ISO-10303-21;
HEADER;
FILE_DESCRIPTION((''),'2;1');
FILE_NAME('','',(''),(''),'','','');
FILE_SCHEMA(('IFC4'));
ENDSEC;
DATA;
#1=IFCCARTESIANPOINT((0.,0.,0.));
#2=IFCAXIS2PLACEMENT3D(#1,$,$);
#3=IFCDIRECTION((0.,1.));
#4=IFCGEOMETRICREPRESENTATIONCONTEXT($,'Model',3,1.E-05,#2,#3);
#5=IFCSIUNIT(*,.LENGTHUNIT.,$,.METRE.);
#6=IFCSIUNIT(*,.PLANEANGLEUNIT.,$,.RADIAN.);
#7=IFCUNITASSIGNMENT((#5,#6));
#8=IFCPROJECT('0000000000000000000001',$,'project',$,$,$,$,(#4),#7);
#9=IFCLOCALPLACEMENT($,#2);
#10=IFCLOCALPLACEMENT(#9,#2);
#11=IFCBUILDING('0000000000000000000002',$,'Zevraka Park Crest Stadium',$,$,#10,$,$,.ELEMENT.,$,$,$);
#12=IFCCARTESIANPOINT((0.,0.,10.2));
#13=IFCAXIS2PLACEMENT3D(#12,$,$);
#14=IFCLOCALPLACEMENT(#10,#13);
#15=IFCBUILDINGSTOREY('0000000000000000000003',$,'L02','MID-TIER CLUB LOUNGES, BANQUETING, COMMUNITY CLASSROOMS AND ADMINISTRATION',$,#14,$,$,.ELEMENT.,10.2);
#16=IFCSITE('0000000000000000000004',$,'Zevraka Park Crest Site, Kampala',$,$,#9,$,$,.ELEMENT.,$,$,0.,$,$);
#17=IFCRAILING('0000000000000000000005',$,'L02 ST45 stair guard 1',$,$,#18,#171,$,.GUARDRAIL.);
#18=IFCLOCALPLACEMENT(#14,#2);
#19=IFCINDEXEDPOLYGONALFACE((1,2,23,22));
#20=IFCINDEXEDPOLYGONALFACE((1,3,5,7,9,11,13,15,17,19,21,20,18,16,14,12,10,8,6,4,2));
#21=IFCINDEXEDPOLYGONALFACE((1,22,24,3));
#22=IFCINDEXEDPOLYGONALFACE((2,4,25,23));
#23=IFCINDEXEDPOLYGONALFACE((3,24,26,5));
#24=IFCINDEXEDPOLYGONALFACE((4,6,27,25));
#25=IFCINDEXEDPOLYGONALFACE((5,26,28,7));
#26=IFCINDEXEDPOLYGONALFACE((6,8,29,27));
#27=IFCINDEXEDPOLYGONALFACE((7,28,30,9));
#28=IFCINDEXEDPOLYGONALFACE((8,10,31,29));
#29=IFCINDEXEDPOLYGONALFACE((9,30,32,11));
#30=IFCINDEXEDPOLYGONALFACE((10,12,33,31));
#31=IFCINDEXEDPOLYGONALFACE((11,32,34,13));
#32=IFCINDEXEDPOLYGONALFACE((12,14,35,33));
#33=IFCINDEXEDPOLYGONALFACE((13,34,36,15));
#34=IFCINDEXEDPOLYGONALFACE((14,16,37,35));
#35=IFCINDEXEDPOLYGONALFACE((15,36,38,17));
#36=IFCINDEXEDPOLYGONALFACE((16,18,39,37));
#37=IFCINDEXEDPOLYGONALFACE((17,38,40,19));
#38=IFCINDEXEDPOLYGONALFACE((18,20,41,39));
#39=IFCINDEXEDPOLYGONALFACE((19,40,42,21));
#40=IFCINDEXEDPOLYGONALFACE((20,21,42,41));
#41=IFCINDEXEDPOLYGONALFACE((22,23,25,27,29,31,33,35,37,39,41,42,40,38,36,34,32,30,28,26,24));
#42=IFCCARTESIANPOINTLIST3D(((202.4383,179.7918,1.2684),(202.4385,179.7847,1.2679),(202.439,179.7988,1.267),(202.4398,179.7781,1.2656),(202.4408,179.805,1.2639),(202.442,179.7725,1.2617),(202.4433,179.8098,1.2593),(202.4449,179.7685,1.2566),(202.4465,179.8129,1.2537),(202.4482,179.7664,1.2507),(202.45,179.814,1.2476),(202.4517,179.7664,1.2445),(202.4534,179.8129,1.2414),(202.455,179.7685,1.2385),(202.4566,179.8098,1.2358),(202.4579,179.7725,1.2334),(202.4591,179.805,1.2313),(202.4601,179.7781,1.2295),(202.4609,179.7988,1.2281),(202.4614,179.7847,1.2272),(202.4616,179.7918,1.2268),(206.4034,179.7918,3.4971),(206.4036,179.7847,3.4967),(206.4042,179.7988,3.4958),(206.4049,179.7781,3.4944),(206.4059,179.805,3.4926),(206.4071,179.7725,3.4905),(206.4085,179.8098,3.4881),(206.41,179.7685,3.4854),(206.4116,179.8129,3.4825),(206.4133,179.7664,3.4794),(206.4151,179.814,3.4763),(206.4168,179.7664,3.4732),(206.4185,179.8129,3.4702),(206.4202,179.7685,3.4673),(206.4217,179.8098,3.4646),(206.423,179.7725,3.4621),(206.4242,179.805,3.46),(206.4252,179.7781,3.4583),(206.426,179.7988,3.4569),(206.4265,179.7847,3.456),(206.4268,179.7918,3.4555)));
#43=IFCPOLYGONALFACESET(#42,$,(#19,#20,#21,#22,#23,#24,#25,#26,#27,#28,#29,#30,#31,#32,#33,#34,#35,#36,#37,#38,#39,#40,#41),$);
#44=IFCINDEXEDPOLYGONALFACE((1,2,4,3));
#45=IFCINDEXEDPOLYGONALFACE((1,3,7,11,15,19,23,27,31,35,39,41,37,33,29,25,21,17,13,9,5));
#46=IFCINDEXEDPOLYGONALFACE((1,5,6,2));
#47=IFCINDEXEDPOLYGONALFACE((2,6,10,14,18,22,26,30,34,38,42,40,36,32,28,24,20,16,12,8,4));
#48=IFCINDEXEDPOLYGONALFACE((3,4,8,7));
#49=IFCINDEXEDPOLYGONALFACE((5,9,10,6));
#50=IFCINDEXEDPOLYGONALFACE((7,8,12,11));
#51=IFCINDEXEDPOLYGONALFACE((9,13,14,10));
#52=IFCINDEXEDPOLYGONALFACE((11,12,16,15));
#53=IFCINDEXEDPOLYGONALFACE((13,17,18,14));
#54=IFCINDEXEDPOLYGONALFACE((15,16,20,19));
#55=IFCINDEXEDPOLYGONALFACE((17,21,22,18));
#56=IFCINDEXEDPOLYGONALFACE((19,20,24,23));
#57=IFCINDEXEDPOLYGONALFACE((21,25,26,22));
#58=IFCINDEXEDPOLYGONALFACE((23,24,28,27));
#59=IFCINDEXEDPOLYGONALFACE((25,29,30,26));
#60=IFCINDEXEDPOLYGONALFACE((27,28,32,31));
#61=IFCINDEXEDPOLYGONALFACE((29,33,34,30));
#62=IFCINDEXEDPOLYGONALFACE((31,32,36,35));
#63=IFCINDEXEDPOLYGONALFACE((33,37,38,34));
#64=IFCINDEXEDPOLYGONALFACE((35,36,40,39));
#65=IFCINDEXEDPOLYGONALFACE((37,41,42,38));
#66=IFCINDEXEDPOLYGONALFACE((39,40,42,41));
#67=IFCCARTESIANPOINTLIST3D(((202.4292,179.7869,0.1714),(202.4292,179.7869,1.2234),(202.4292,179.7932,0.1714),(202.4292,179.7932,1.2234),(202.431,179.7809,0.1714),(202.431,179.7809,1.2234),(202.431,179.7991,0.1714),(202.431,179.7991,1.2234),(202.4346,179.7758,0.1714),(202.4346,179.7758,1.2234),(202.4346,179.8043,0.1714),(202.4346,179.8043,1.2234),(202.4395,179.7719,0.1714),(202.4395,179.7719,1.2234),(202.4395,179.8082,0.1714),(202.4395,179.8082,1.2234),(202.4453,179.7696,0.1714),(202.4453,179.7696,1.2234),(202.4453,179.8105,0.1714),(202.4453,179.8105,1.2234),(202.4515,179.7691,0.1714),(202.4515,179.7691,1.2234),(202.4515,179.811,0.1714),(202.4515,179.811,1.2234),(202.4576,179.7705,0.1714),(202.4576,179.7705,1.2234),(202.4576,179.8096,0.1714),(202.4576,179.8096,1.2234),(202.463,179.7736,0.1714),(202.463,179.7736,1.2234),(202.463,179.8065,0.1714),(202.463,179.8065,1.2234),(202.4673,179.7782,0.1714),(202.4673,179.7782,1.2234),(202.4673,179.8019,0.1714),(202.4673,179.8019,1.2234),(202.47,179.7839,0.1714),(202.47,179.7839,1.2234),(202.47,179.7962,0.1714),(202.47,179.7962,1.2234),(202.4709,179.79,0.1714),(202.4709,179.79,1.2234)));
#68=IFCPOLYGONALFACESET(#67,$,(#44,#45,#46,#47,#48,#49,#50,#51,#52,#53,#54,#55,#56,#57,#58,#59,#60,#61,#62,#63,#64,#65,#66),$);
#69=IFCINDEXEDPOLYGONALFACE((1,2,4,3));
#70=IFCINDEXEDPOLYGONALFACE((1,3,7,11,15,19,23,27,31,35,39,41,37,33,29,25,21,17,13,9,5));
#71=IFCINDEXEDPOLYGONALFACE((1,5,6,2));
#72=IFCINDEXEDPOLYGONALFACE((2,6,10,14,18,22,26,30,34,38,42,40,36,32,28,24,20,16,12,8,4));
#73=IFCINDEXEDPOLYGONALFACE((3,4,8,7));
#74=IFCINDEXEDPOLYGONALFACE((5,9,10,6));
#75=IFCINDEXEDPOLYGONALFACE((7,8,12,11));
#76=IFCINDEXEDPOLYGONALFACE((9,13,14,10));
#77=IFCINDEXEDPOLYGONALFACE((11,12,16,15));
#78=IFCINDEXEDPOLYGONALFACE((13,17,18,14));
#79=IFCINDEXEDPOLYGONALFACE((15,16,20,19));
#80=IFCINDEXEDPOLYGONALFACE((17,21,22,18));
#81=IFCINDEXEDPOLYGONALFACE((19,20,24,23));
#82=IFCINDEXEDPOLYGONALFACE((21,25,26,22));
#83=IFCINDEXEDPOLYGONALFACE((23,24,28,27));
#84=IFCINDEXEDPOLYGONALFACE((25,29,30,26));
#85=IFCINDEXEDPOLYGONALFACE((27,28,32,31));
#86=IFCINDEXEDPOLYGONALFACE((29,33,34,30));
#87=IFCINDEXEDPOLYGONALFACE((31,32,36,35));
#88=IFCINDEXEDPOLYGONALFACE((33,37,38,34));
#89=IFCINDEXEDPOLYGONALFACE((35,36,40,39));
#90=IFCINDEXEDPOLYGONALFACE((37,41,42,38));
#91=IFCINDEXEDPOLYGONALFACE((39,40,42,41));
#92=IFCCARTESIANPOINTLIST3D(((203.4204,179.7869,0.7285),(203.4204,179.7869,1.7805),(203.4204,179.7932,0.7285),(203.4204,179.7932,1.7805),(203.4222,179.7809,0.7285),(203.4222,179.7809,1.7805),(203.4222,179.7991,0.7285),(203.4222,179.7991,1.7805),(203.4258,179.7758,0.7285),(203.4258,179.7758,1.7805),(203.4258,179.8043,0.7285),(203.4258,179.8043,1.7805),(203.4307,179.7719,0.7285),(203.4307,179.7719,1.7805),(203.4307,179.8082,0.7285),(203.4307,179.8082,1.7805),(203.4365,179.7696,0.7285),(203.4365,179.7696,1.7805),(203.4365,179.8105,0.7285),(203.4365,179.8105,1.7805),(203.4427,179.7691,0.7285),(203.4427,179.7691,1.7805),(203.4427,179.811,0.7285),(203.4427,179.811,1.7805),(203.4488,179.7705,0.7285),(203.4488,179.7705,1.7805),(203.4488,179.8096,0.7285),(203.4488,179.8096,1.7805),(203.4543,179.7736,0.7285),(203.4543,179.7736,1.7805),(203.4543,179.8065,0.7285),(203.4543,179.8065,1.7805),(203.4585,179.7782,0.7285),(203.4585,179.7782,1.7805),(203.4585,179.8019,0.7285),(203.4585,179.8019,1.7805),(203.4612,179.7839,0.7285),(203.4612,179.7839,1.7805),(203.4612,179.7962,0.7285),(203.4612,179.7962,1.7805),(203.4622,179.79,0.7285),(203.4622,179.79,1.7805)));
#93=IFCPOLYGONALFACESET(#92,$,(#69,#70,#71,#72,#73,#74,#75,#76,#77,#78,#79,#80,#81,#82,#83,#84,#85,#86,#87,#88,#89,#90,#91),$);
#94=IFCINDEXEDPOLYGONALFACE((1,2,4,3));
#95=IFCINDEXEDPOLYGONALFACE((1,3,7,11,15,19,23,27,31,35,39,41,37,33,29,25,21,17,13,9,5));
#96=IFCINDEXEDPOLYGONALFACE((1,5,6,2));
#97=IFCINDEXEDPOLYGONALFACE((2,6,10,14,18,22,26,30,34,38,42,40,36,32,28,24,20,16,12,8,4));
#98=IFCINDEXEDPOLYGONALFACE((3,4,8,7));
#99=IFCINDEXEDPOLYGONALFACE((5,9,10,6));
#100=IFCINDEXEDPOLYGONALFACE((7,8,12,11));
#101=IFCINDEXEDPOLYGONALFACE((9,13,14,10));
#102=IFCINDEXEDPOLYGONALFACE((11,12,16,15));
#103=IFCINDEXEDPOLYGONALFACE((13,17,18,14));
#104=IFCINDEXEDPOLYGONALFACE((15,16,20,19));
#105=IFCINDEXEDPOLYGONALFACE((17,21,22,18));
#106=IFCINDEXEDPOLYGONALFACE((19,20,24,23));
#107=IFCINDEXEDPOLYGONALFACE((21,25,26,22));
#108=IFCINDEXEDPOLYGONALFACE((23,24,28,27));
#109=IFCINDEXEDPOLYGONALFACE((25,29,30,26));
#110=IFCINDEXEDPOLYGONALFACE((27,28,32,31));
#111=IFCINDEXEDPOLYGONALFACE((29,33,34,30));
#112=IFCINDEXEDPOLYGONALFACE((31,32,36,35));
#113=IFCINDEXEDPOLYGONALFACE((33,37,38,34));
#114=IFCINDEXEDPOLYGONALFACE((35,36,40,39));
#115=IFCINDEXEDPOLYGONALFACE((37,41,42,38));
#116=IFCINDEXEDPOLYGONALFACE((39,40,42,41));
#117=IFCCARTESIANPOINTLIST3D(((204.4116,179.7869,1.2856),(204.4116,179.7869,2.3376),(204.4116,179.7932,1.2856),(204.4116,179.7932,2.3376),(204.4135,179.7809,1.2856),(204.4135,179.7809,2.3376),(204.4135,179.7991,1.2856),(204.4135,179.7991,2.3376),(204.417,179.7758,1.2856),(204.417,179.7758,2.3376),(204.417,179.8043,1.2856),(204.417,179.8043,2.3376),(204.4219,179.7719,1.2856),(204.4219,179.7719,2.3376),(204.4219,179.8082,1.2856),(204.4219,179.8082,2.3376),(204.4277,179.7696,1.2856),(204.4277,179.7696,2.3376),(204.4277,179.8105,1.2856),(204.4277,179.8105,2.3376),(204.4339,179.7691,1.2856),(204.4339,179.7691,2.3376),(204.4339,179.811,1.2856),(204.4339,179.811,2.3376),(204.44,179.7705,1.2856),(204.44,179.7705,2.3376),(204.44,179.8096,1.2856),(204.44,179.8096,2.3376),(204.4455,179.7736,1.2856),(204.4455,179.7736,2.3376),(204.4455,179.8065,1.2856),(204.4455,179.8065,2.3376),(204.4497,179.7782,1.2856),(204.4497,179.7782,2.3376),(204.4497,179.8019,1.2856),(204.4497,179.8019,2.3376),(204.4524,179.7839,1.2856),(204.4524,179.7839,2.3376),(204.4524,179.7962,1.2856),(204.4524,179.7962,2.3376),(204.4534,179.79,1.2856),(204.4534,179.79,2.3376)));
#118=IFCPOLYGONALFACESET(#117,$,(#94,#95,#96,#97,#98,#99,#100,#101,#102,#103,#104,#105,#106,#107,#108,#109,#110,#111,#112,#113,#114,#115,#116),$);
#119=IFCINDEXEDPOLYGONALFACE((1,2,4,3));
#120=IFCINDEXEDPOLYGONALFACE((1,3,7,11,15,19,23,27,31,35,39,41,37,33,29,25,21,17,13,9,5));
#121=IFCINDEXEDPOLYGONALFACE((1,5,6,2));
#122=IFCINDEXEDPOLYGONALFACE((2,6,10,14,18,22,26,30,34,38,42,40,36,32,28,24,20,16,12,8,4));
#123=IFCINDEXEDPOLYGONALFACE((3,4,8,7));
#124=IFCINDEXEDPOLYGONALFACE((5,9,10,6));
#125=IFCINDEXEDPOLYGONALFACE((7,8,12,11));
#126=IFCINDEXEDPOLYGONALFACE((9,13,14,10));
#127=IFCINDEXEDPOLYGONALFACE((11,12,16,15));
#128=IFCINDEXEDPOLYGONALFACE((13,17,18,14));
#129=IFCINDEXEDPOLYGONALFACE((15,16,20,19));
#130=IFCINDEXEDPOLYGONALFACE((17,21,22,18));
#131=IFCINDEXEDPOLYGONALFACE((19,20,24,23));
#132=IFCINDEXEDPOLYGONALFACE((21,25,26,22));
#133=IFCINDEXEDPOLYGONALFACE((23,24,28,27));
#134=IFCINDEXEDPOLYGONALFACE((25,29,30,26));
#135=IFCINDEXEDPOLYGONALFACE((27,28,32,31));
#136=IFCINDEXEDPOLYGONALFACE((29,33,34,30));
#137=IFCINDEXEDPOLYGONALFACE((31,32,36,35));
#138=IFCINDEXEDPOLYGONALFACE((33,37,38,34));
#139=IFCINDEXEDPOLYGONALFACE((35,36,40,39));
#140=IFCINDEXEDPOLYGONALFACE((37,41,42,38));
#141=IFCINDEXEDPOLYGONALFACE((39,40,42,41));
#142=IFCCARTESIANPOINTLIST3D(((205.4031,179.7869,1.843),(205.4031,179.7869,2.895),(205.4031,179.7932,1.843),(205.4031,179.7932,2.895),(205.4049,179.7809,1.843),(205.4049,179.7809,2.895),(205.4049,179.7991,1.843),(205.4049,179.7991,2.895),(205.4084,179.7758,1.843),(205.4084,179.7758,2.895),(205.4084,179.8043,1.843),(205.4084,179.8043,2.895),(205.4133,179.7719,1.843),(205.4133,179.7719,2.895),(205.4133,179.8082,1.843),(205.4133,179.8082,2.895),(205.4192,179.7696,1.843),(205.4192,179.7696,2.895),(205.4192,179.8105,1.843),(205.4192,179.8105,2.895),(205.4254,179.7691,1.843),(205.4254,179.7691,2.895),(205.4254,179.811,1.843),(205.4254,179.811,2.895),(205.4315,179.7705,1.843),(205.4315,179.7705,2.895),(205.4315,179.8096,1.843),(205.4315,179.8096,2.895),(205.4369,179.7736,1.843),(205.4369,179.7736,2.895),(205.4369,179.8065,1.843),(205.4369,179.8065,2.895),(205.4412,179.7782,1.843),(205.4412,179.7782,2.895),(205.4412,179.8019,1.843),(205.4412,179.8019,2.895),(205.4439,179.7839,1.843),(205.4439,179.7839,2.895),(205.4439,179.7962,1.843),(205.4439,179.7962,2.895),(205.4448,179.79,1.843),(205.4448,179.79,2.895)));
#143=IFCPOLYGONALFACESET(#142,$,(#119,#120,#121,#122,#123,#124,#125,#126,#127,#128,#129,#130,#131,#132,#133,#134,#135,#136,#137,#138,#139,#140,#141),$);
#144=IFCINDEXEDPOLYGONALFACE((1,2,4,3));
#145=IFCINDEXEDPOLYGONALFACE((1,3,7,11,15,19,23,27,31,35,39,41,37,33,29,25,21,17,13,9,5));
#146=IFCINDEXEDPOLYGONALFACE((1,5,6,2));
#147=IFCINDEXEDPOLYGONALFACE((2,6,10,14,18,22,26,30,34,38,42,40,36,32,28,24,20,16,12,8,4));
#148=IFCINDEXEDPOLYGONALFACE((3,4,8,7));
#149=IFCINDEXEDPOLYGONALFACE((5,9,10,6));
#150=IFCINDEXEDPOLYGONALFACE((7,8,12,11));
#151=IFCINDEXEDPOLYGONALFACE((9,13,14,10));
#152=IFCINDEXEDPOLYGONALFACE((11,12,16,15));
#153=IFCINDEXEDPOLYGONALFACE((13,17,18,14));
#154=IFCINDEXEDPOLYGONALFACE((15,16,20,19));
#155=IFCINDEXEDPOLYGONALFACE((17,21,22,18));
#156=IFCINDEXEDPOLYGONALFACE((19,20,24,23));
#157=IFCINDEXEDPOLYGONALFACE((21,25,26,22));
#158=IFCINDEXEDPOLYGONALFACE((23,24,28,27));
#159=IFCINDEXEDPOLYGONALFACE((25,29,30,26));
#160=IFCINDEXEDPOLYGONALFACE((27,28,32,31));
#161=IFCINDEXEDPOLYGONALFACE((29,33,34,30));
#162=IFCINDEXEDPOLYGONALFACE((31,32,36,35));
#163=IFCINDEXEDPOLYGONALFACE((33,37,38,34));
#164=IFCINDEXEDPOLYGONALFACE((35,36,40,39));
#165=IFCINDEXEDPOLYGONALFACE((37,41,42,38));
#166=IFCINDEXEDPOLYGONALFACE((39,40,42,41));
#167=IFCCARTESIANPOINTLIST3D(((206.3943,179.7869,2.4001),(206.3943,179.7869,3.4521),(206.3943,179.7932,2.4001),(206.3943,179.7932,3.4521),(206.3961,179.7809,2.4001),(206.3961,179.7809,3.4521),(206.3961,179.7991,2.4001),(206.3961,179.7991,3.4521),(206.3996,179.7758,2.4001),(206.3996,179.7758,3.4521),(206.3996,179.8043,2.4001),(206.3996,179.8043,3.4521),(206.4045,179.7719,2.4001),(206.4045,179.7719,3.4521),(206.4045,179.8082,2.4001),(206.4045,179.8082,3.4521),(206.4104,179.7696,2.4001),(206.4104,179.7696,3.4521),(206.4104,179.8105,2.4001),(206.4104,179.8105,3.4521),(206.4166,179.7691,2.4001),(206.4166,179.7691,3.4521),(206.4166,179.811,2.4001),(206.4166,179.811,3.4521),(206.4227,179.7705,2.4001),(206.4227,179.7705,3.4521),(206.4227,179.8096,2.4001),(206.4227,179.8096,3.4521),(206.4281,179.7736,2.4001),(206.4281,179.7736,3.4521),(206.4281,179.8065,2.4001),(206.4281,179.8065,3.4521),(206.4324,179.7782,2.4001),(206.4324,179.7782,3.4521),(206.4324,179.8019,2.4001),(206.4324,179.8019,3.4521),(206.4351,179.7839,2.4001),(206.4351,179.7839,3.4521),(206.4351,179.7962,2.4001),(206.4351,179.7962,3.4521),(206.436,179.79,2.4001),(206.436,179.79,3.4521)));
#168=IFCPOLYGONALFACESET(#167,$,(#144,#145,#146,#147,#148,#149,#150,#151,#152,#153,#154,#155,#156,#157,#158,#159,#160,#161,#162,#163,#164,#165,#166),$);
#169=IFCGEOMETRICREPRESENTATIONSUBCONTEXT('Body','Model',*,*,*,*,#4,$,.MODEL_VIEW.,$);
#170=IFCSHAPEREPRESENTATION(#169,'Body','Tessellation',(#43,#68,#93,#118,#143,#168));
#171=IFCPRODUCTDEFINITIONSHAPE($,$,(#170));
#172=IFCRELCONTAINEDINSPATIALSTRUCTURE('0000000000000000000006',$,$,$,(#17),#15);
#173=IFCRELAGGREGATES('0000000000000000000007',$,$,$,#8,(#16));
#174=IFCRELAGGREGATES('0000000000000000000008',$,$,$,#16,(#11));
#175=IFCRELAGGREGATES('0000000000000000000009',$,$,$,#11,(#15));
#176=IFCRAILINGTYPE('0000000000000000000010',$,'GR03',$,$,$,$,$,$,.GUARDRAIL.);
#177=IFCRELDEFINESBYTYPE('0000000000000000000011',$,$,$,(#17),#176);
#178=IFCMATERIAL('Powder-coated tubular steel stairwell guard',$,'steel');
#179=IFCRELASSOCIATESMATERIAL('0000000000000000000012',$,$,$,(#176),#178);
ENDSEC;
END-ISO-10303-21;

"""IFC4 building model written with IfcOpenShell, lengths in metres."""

from ifc_helpers import new_model, si_unit, direction, frame, origin, origin_2d, place, context, subcontext, project, spatial, circle, extrude, material, type_object, element, save


model = new_model("IFC4")

# Units and contexts
model_context = context("Model", 3, precision=1e-05, world=origin(), true_north=direction((0.0, 1.0)))
body_context = subcontext(model_context, "Body", "Model", "MODEL_VIEW")
ifc_project = project(units=[si_unit("LENGTHUNIT", "METRE"), si_unit("PLANEANGLEUNIT", "RADIAN")], contexts=[model_context])

# Site, building, storey
site_placement = place(None, origin())
site = spatial("IfcSite", under=ifc_project, at=site_placement, Name="Zevraka Park Crest Site, Kampala", CompositionType="ELEMENT", RefElevation=0.0)
building_placement = place(site_placement, origin())
building = spatial("IfcBuilding", under=site, at=building_placement, Name="Zevraka Park Crest Stadium", CompositionType="ELEMENT")
storey_placement = place(building_placement, frame((0.0, 0.0, 10.2)))
storey = spatial("IfcBuildingStorey", under=building, at=storey_placement, Name="L02", Description="MID-TIER CLUB LOUNGES, BANQUETING, COMMUNITY CLASSROOMS AND ADMINISTRATION", CompositionType="ELEMENT", Elevation=10.2)

# Railing
ifc_material_1 = material(Name="Powder-coated tubular steel stairwell guard", Category="steel")
railing_type_1 = type_object("IfcRailingType", Name="GR03", PredefinedType="GUARDRAIL", material=ifc_material_1)
railing_1_placement = place(storey_placement, frame((202.45, 179.79, 0.1714)))
element("IfcRailing", 1, at=railing_1_placement, inside=storey, type_object=railing_type_1, Name="L02 ST45 stair guard 1", PredefinedType="GUARDRAIL", context=body_context, shape_type="SweptSolid", body=[
    extrude(circle(Radius=0.0239, at=origin_2d()), frame((0.0, 0.0, 1.0762), z_axis=(0.871726, 0.0, 0.489994), x_axis=(0.0, 1.0, 0.0)), (0.0, 0.0, 1.0), 4.5486),
    extrude(circle(Radius=0.021, at=origin_2d()), origin(), (0.0, 0.0, 1.0), 1.052),
    extrude(circle(Radius=0.021, at=origin_2d()), frame((0.9912, 0.0, 0.5571)), (0.0, 0.0, 1.0), 1.052),
    extrude(circle(Radius=0.021, at=origin_2d()), frame((1.9824, 0.0, 1.1143)), (0.0, 0.0, 1.0), 1.052),
    extrude(circle(Radius=0.021, at=origin_2d()), frame((2.9739, 0.0, 1.6716)), (0.0, 0.0, 1.0), 1.052),
    extrude(circle(Radius=0.021, at=origin_2d()), frame((3.9651, 0.0, 2.2288)), (0.0, 0.0, 1.0), 1.052),
])

save(model, "model.ifc")
